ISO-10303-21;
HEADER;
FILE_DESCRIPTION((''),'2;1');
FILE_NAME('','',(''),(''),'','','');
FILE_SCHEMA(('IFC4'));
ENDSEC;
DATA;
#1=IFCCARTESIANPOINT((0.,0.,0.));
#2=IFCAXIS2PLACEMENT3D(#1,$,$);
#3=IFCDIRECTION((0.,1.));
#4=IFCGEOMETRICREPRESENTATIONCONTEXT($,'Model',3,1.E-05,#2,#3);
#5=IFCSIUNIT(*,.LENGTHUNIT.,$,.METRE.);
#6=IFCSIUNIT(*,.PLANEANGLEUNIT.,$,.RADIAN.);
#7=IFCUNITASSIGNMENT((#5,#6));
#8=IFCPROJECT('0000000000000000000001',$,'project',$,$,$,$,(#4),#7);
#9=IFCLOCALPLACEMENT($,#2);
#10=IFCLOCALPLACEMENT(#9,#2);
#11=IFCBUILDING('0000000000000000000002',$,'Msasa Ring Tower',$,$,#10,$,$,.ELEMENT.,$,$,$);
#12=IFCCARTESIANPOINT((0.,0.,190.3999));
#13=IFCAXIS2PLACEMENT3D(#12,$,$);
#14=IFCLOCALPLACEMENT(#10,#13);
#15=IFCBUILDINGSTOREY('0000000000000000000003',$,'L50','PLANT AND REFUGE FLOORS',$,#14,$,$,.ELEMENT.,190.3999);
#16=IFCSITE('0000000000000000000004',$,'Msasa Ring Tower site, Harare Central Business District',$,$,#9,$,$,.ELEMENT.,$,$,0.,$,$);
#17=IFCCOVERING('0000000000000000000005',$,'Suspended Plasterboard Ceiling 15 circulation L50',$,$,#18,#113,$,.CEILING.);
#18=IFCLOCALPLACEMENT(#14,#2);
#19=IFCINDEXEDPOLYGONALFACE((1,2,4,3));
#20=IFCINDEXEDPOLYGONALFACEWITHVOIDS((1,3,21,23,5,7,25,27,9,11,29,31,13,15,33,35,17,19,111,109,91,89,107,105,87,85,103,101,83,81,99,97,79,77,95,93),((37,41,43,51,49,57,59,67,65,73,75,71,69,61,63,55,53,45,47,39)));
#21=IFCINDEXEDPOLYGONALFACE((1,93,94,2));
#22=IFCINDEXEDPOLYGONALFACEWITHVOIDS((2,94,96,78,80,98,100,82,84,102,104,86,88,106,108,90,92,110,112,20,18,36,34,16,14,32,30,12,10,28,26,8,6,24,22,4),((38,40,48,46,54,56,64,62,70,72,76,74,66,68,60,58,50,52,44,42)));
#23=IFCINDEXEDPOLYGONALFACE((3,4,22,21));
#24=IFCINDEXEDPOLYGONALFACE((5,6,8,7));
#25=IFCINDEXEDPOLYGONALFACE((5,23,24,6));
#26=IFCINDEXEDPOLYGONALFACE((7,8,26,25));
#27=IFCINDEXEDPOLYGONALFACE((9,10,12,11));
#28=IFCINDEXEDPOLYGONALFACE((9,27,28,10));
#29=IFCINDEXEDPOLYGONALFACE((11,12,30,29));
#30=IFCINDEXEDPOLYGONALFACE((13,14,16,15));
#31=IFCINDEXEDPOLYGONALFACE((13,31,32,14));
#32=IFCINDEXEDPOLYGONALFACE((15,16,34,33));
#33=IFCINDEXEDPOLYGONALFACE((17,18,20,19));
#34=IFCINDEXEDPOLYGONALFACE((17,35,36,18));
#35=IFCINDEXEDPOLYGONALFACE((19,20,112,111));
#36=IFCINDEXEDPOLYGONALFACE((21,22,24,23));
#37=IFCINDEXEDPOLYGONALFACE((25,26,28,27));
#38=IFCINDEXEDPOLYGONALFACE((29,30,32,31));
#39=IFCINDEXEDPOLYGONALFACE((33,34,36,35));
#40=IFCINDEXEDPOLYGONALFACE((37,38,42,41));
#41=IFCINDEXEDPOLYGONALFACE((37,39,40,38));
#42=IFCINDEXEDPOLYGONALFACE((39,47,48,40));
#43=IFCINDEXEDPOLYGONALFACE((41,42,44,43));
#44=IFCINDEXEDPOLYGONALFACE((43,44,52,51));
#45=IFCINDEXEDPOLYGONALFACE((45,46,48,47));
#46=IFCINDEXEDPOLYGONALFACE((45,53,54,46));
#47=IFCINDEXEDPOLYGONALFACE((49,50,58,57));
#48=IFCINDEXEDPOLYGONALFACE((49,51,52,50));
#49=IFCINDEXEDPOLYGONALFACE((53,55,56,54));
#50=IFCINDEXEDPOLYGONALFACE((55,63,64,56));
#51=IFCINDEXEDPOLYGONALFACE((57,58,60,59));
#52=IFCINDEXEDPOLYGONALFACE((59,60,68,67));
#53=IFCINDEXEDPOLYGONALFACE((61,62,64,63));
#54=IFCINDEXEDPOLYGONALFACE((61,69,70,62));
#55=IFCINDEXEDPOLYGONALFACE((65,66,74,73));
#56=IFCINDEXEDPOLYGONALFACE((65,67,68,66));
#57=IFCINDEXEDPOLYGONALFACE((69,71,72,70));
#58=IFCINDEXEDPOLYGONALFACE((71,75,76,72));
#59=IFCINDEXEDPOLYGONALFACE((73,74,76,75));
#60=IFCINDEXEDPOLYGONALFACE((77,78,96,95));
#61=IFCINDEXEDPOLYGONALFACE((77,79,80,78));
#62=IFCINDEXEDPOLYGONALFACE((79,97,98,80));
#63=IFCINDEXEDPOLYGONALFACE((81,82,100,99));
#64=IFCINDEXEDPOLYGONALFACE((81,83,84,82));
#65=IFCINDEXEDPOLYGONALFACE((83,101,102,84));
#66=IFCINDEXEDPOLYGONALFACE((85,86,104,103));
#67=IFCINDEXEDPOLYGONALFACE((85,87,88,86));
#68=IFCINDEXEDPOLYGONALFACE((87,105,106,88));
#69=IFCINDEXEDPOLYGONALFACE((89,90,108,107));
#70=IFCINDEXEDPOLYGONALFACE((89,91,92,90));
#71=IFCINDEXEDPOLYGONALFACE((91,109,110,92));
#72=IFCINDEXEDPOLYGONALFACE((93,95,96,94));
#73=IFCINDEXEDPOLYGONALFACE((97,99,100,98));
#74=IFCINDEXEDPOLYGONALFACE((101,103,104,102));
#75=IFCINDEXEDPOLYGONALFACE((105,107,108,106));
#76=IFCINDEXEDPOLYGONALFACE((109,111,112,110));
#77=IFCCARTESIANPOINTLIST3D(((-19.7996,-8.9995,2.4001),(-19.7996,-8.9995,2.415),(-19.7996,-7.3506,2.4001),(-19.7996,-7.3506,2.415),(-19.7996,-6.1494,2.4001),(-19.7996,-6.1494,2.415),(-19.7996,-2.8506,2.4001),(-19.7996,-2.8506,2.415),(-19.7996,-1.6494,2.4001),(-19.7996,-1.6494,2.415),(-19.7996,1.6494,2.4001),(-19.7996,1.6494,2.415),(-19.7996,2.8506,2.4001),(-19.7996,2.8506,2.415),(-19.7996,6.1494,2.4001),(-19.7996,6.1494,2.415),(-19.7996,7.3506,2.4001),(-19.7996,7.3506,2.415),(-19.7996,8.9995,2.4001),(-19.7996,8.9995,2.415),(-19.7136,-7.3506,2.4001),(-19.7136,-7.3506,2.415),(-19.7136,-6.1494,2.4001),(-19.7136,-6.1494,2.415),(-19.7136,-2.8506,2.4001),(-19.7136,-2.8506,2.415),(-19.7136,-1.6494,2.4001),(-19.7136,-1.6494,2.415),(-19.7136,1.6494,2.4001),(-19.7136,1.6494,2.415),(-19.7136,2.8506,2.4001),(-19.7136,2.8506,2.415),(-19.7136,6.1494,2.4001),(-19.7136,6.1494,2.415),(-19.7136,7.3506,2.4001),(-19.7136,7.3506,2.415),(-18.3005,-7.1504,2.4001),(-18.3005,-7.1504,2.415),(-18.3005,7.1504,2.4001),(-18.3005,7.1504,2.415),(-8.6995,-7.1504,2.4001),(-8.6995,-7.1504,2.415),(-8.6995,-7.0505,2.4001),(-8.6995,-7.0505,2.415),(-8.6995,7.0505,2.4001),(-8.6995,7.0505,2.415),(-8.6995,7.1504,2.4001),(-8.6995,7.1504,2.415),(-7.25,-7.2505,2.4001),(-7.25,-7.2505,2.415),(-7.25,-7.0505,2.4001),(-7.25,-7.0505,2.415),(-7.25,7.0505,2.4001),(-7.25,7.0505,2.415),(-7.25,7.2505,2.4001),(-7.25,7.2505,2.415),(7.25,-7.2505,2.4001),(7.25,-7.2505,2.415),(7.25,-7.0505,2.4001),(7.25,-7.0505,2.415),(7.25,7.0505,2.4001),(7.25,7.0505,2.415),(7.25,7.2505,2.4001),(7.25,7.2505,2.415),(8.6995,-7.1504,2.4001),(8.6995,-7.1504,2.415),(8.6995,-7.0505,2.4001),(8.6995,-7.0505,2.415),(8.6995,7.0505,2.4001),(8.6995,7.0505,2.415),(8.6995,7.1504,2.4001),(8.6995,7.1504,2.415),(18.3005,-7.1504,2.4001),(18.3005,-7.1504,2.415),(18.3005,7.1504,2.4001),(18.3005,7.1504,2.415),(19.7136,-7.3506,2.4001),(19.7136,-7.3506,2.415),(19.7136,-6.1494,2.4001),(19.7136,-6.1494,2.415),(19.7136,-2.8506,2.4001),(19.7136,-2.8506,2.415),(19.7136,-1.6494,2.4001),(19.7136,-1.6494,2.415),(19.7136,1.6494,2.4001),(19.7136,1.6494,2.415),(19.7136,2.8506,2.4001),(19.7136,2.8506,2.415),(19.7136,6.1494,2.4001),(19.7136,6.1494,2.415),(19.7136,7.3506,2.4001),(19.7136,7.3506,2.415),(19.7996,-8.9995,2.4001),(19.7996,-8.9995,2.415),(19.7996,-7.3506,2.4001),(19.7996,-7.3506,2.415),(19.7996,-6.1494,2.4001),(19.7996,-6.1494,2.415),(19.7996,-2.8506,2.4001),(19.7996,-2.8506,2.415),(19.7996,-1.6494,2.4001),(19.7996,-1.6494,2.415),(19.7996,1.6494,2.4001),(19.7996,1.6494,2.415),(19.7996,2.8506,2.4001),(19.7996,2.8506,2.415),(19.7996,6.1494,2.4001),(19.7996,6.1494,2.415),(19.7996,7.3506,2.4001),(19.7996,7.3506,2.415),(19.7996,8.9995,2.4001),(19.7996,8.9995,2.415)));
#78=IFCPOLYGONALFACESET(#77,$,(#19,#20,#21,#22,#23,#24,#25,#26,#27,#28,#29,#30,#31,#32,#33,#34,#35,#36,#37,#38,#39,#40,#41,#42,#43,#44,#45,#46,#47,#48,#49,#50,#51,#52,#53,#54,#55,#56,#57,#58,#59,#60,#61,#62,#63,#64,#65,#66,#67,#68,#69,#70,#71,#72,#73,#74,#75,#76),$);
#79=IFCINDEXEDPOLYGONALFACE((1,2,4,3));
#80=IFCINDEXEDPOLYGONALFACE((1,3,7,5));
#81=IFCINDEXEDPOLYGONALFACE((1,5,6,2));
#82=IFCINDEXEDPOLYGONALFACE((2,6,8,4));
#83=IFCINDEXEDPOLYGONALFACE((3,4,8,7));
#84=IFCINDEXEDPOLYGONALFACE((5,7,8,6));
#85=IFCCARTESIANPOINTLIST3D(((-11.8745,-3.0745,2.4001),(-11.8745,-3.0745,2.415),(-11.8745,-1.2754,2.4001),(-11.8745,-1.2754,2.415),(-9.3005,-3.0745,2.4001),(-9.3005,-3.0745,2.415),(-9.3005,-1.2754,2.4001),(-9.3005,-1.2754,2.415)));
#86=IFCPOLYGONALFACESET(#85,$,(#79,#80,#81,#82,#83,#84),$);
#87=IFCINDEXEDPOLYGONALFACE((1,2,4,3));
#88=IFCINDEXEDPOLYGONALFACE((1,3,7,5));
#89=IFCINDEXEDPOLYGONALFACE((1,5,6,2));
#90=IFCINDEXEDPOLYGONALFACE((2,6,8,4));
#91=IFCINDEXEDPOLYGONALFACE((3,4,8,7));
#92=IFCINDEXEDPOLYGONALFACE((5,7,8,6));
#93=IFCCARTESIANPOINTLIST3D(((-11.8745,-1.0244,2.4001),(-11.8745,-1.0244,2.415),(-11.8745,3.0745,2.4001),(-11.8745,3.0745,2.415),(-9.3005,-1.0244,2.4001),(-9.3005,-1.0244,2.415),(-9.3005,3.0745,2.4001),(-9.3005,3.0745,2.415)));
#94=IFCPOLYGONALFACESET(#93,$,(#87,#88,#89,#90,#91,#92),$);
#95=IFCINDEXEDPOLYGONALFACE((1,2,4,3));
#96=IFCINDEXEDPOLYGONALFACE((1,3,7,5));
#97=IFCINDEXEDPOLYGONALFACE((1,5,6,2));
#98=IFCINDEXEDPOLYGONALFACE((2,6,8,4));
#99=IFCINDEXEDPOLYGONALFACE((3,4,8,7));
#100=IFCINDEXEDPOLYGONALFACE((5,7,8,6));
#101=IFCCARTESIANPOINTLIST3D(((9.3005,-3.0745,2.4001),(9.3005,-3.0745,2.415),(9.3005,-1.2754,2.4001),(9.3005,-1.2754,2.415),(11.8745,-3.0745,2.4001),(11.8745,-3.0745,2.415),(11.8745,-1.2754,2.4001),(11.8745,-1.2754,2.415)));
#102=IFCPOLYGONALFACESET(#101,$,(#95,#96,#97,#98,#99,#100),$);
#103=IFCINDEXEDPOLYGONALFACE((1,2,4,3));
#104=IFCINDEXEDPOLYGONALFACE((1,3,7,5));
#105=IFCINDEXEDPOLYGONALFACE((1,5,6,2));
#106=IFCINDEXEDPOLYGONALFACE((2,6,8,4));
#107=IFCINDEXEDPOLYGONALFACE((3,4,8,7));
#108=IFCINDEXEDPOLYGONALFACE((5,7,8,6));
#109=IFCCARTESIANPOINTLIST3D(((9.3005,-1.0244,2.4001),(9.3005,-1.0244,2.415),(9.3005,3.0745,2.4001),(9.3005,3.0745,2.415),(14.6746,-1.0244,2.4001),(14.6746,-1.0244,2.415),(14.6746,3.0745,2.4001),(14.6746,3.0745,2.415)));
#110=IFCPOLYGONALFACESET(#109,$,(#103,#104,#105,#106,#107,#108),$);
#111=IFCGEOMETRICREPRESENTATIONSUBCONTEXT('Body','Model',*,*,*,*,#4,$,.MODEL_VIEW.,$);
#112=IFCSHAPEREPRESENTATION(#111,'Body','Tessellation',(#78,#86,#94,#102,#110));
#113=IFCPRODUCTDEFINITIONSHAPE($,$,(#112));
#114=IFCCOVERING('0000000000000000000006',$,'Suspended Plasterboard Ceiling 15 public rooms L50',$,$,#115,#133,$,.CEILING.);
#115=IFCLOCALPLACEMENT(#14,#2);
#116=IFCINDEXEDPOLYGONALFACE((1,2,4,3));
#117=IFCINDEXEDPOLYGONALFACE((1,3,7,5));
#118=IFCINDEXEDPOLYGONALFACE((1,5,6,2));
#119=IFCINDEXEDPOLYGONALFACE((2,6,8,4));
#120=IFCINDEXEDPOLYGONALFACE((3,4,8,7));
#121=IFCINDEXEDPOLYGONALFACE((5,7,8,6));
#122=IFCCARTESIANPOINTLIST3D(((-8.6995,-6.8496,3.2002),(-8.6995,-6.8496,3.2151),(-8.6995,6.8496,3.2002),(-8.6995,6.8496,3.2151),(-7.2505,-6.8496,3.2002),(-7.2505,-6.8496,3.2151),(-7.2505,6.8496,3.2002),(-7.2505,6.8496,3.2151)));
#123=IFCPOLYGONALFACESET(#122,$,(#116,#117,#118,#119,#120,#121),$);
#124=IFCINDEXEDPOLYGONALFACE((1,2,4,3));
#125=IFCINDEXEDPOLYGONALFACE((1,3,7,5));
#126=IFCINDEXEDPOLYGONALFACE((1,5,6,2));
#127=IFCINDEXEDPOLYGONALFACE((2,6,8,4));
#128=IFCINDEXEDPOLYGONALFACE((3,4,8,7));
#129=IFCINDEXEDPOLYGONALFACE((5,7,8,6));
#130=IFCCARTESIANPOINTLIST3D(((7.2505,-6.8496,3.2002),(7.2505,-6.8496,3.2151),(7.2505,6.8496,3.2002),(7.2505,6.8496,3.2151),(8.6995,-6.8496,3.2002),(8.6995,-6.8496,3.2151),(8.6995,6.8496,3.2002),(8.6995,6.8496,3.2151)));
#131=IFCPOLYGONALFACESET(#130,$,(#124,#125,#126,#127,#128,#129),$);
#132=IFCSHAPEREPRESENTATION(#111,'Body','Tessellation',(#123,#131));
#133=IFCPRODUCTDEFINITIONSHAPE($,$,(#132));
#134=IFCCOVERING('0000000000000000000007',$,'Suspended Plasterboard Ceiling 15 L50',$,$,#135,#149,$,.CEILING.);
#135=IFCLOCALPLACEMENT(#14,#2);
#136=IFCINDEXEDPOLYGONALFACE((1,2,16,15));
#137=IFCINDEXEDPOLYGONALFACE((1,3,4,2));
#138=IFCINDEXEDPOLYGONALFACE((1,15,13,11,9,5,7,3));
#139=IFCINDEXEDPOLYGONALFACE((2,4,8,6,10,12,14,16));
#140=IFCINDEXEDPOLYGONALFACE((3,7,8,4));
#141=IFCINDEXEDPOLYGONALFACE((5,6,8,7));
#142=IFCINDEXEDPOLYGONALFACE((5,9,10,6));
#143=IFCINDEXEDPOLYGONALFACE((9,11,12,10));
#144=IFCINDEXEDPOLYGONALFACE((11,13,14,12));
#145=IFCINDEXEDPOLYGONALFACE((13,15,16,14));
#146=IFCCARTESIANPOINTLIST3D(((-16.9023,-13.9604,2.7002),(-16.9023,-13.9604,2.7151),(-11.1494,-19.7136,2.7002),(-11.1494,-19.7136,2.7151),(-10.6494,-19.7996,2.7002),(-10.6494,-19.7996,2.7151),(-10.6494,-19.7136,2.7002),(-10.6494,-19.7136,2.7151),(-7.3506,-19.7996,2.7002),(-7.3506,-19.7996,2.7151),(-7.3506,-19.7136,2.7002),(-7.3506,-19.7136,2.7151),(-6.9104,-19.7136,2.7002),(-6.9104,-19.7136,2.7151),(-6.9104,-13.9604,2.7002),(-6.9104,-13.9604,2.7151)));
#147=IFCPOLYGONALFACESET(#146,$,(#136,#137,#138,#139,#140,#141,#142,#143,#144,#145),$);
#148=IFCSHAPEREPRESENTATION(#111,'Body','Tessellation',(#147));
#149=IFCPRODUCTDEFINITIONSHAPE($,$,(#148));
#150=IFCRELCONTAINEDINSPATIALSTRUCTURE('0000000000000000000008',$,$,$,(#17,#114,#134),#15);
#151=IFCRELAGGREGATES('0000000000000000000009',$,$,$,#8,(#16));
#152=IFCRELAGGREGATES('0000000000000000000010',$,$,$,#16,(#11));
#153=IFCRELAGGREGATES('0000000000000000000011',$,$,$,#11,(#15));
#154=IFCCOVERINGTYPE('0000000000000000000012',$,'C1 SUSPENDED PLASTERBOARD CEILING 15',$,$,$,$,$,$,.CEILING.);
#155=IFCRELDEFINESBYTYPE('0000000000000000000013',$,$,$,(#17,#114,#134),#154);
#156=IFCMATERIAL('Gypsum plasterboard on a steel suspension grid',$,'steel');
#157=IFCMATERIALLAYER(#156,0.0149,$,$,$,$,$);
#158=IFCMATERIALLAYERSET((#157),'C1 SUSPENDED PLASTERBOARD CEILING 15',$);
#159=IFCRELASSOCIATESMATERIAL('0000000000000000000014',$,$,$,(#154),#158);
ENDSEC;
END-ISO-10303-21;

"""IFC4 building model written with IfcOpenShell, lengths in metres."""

from ifc_helpers import new_model, si_unit, direction, frame, origin, place, context, subcontext, project, spatial, line, indexed_curve, outline, extrude, material, layer, layer_set, type_object, element, save


model = new_model("IFC4")

# Units and contexts
model_context = context("Model", 3, precision=1e-05, world=origin(), true_north=direction((0.0, 1.0)))
body_context = subcontext(model_context, "Body", "Model", "MODEL_VIEW")
ifc_project = project(units=[si_unit("LENGTHUNIT", "METRE"), si_unit("PLANEANGLEUNIT", "RADIAN")], contexts=[model_context])

# Site, building, storey
site_placement = place(None, origin())
site = spatial("IfcSite", under=ifc_project, at=site_placement, Name="Msasa Ring Tower site, Harare Central Business District", CompositionType="ELEMENT", RefElevation=0.0)
building_placement = place(site_placement, origin())
building = spatial("IfcBuilding", under=site, at=building_placement, Name="Msasa Ring Tower", CompositionType="ELEMENT")
storey_placement = place(building_placement, frame((0.0, 0.0, 190.3999)))
storey = spatial("IfcBuildingStorey", under=building, at=storey_placement, Name="L50", Description="PLANT AND REFUGE FLOORS", CompositionType="ELEMENT", Elevation=190.3999)

# Coverings
ifc_material_1 = material(Name="Gypsum plasterboard on a steel suspension grid", Category="steel")
ifc_layer_1 = layer(ifc_material_1, 0.0149)
ifc_layer_set_1 = layer_set([ifc_layer_1], Name="C1 SUSPENDED PLASTERBOARD CEILING 15")
covering_type_1 = type_object("IfcCoveringType", Name="C1 SUSPENDED PLASTERBOARD CEILING 15", PredefinedType="CEILING", material=ifc_layer_set_1)
covering_1_placement = place(storey_placement, frame((0.0, 0.0, 2.4001)))
element("IfcCovering", 1, at=covering_1_placement, inside=storey, type_object=covering_type_1, Name="Suspended Plasterboard Ceiling 15 circulation L50", PredefinedType="CEILING", context=body_context, shape_type="SweptSolid", body=[
    extrude(outline(indexed_curve([(-19.7996, -8.9995), (-19.7996, -7.3506), (-19.7136, -7.3506), (-19.7136, -6.1494), (-19.7996, -6.1494), (-19.7996, -2.8506), (-19.7136, -2.8506), (-19.7136, -1.6494), (-19.7996, -1.6494), (-19.7996, 1.6494), (-19.7136, 1.6494), (-19.7136, 2.8506), (-19.7996, 2.8506), (-19.7996, 6.1494), (-19.7136, 6.1494), (-19.7136, 7.3506), (-19.7996, 7.3506), (-19.7996, 8.9995), (19.7996, 8.9995), (19.7996, 7.3506), (19.7136, 7.3506), (19.7136, 6.1494), (19.7996, 6.1494), (19.7996, 2.8506), (19.7136, 2.8506), (19.7136, 1.6494), (19.7996, 1.6494), (19.7996, -1.6494), (19.7136, -1.6494), (19.7136, -2.8506), (19.7996, -2.8506), (19.7996, -6.1494), (19.7136, -6.1494), (19.7136, -7.3506), (19.7996, -7.3506), (19.7996, -8.9995)], segments=[line(1, 2, 3, 4, 5, 6, 7, 8, 9, 10, 11, 12, 13, 14, 15, 16, 17, 18, 19, 20, 21, 22, 23, 24, 25, 26, 27, 28, 29, 30, 31, 32, 33, 34, 35, 36, 1)], self_intersect=False), holes=[indexed_curve([(8.6995, -7.1504), (18.3005, -7.1504), (18.3005, 7.1504), (8.6995, 7.1504), (8.6995, 7.0505), (7.25, 7.0505), (7.25, 7.2505), (-7.25, 7.2505), (-7.25, 7.0505), (-8.6995, 7.0505), (-8.6995, 7.1504), (-18.3005, 7.1504), (-18.3005, -7.1504), (-8.6995, -7.1504), (-8.6995, -7.0505), (-7.25, -7.0505), (-7.25, -7.2505), (7.25, -7.2505), (7.25, -7.0505), (8.6995, -7.0505)], segments=[line(1, 2, 3, 4, 5, 6, 7, 8, 9, 10, 11, 12, 13, 14, 15, 16, 17, 18, 19, 20, 1)], self_intersect=False)]), origin(), (0.0, 0.0, 1.0), 0.0149),
    extrude(outline(indexed_curve([(-9.3005, -3.0745), (-11.8745, -3.0745), (-11.8745, -1.2754), (-9.3005, -1.2754)], segments=[line(1, 2, 3, 4, 1)], self_intersect=False)), origin(), (0.0, 0.0, 1.0), 0.0149),
    extrude(outline(indexed_curve([(-11.8745, -1.0244), (-11.8745, 3.0745), (-9.3005, 3.0745), (-9.3005, -1.0244)], segments=[line(1, 2, 3, 4, 1)], self_intersect=False)), origin(), (0.0, 0.0, 1.0), 0.0149),
    extrude(outline(indexed_curve([(11.8745, -3.0745), (9.3005, -3.0745), (9.3005, -1.2754), (11.8745, -1.2754)], segments=[line(1, 2, 3, 4, 1)], self_intersect=False)), origin(), (0.0, 0.0, 1.0), 0.0149),
    extrude(outline(indexed_curve([(9.3005, -1.0244), (9.3005, 3.0745), (14.6746, 3.0745), (14.6746, -1.0244)], segments=[line(1, 2, 3, 4, 1)], self_intersect=False)), origin(), (0.0, 0.0, 1.0), 0.0149),
])
covering_2_placement = place(storey_placement, frame((0.0, 0.0, 3.2002)))
element("IfcCovering", 2, at=covering_2_placement, inside=storey, type_object=covering_type_1, Name="Suspended Plasterboard Ceiling 15 public rooms L50", PredefinedType="CEILING", context=body_context, shape_type="SweptSolid", body=[
    extrude(outline(indexed_curve([(-7.2505, 6.8496), (-7.2505, -6.8496), (-8.6995, -6.8496), (-8.6995, 6.8496)], segments=[line(1, 2, 3, 4, 1)], self_intersect=False)), origin(), (0.0, 0.0, 1.0), 0.0149),
    extrude(outline(indexed_curve([(8.6995, 6.8496), (8.6995, -6.8496), (7.2505, -6.8496), (7.2505, 6.8496)], segments=[line(1, 2, 3, 4, 1)], self_intersect=False)), origin(), (0.0, 0.0, 1.0), 0.0149),
])
covering_3_placement = place(storey_placement, frame((0.0, 0.0, 2.7002)))
element("IfcCovering", 3, at=covering_3_placement, inside=storey, type_object=covering_type_1, Name="Suspended Plasterboard Ceiling 15 L50", PredefinedType="CEILING", context=body_context, shape_type="SweptSolid", body=[
    extrude(outline(indexed_curve([(-6.9104, -19.7136), (-7.3506, -19.7136), (-7.3506, -19.7996), (-10.6494, -19.7996), (-10.6494, -19.7136), (-11.1494, -19.7136), (-16.9023, -13.9604), (-6.9104, -13.9604)], segments=[line(1, 2, 3, 4, 5, 6, 7, 8, 1)], self_intersect=False)), origin(), (0.0, 0.0, 1.0), 0.0149),
])

save(model, "model.ifc")
